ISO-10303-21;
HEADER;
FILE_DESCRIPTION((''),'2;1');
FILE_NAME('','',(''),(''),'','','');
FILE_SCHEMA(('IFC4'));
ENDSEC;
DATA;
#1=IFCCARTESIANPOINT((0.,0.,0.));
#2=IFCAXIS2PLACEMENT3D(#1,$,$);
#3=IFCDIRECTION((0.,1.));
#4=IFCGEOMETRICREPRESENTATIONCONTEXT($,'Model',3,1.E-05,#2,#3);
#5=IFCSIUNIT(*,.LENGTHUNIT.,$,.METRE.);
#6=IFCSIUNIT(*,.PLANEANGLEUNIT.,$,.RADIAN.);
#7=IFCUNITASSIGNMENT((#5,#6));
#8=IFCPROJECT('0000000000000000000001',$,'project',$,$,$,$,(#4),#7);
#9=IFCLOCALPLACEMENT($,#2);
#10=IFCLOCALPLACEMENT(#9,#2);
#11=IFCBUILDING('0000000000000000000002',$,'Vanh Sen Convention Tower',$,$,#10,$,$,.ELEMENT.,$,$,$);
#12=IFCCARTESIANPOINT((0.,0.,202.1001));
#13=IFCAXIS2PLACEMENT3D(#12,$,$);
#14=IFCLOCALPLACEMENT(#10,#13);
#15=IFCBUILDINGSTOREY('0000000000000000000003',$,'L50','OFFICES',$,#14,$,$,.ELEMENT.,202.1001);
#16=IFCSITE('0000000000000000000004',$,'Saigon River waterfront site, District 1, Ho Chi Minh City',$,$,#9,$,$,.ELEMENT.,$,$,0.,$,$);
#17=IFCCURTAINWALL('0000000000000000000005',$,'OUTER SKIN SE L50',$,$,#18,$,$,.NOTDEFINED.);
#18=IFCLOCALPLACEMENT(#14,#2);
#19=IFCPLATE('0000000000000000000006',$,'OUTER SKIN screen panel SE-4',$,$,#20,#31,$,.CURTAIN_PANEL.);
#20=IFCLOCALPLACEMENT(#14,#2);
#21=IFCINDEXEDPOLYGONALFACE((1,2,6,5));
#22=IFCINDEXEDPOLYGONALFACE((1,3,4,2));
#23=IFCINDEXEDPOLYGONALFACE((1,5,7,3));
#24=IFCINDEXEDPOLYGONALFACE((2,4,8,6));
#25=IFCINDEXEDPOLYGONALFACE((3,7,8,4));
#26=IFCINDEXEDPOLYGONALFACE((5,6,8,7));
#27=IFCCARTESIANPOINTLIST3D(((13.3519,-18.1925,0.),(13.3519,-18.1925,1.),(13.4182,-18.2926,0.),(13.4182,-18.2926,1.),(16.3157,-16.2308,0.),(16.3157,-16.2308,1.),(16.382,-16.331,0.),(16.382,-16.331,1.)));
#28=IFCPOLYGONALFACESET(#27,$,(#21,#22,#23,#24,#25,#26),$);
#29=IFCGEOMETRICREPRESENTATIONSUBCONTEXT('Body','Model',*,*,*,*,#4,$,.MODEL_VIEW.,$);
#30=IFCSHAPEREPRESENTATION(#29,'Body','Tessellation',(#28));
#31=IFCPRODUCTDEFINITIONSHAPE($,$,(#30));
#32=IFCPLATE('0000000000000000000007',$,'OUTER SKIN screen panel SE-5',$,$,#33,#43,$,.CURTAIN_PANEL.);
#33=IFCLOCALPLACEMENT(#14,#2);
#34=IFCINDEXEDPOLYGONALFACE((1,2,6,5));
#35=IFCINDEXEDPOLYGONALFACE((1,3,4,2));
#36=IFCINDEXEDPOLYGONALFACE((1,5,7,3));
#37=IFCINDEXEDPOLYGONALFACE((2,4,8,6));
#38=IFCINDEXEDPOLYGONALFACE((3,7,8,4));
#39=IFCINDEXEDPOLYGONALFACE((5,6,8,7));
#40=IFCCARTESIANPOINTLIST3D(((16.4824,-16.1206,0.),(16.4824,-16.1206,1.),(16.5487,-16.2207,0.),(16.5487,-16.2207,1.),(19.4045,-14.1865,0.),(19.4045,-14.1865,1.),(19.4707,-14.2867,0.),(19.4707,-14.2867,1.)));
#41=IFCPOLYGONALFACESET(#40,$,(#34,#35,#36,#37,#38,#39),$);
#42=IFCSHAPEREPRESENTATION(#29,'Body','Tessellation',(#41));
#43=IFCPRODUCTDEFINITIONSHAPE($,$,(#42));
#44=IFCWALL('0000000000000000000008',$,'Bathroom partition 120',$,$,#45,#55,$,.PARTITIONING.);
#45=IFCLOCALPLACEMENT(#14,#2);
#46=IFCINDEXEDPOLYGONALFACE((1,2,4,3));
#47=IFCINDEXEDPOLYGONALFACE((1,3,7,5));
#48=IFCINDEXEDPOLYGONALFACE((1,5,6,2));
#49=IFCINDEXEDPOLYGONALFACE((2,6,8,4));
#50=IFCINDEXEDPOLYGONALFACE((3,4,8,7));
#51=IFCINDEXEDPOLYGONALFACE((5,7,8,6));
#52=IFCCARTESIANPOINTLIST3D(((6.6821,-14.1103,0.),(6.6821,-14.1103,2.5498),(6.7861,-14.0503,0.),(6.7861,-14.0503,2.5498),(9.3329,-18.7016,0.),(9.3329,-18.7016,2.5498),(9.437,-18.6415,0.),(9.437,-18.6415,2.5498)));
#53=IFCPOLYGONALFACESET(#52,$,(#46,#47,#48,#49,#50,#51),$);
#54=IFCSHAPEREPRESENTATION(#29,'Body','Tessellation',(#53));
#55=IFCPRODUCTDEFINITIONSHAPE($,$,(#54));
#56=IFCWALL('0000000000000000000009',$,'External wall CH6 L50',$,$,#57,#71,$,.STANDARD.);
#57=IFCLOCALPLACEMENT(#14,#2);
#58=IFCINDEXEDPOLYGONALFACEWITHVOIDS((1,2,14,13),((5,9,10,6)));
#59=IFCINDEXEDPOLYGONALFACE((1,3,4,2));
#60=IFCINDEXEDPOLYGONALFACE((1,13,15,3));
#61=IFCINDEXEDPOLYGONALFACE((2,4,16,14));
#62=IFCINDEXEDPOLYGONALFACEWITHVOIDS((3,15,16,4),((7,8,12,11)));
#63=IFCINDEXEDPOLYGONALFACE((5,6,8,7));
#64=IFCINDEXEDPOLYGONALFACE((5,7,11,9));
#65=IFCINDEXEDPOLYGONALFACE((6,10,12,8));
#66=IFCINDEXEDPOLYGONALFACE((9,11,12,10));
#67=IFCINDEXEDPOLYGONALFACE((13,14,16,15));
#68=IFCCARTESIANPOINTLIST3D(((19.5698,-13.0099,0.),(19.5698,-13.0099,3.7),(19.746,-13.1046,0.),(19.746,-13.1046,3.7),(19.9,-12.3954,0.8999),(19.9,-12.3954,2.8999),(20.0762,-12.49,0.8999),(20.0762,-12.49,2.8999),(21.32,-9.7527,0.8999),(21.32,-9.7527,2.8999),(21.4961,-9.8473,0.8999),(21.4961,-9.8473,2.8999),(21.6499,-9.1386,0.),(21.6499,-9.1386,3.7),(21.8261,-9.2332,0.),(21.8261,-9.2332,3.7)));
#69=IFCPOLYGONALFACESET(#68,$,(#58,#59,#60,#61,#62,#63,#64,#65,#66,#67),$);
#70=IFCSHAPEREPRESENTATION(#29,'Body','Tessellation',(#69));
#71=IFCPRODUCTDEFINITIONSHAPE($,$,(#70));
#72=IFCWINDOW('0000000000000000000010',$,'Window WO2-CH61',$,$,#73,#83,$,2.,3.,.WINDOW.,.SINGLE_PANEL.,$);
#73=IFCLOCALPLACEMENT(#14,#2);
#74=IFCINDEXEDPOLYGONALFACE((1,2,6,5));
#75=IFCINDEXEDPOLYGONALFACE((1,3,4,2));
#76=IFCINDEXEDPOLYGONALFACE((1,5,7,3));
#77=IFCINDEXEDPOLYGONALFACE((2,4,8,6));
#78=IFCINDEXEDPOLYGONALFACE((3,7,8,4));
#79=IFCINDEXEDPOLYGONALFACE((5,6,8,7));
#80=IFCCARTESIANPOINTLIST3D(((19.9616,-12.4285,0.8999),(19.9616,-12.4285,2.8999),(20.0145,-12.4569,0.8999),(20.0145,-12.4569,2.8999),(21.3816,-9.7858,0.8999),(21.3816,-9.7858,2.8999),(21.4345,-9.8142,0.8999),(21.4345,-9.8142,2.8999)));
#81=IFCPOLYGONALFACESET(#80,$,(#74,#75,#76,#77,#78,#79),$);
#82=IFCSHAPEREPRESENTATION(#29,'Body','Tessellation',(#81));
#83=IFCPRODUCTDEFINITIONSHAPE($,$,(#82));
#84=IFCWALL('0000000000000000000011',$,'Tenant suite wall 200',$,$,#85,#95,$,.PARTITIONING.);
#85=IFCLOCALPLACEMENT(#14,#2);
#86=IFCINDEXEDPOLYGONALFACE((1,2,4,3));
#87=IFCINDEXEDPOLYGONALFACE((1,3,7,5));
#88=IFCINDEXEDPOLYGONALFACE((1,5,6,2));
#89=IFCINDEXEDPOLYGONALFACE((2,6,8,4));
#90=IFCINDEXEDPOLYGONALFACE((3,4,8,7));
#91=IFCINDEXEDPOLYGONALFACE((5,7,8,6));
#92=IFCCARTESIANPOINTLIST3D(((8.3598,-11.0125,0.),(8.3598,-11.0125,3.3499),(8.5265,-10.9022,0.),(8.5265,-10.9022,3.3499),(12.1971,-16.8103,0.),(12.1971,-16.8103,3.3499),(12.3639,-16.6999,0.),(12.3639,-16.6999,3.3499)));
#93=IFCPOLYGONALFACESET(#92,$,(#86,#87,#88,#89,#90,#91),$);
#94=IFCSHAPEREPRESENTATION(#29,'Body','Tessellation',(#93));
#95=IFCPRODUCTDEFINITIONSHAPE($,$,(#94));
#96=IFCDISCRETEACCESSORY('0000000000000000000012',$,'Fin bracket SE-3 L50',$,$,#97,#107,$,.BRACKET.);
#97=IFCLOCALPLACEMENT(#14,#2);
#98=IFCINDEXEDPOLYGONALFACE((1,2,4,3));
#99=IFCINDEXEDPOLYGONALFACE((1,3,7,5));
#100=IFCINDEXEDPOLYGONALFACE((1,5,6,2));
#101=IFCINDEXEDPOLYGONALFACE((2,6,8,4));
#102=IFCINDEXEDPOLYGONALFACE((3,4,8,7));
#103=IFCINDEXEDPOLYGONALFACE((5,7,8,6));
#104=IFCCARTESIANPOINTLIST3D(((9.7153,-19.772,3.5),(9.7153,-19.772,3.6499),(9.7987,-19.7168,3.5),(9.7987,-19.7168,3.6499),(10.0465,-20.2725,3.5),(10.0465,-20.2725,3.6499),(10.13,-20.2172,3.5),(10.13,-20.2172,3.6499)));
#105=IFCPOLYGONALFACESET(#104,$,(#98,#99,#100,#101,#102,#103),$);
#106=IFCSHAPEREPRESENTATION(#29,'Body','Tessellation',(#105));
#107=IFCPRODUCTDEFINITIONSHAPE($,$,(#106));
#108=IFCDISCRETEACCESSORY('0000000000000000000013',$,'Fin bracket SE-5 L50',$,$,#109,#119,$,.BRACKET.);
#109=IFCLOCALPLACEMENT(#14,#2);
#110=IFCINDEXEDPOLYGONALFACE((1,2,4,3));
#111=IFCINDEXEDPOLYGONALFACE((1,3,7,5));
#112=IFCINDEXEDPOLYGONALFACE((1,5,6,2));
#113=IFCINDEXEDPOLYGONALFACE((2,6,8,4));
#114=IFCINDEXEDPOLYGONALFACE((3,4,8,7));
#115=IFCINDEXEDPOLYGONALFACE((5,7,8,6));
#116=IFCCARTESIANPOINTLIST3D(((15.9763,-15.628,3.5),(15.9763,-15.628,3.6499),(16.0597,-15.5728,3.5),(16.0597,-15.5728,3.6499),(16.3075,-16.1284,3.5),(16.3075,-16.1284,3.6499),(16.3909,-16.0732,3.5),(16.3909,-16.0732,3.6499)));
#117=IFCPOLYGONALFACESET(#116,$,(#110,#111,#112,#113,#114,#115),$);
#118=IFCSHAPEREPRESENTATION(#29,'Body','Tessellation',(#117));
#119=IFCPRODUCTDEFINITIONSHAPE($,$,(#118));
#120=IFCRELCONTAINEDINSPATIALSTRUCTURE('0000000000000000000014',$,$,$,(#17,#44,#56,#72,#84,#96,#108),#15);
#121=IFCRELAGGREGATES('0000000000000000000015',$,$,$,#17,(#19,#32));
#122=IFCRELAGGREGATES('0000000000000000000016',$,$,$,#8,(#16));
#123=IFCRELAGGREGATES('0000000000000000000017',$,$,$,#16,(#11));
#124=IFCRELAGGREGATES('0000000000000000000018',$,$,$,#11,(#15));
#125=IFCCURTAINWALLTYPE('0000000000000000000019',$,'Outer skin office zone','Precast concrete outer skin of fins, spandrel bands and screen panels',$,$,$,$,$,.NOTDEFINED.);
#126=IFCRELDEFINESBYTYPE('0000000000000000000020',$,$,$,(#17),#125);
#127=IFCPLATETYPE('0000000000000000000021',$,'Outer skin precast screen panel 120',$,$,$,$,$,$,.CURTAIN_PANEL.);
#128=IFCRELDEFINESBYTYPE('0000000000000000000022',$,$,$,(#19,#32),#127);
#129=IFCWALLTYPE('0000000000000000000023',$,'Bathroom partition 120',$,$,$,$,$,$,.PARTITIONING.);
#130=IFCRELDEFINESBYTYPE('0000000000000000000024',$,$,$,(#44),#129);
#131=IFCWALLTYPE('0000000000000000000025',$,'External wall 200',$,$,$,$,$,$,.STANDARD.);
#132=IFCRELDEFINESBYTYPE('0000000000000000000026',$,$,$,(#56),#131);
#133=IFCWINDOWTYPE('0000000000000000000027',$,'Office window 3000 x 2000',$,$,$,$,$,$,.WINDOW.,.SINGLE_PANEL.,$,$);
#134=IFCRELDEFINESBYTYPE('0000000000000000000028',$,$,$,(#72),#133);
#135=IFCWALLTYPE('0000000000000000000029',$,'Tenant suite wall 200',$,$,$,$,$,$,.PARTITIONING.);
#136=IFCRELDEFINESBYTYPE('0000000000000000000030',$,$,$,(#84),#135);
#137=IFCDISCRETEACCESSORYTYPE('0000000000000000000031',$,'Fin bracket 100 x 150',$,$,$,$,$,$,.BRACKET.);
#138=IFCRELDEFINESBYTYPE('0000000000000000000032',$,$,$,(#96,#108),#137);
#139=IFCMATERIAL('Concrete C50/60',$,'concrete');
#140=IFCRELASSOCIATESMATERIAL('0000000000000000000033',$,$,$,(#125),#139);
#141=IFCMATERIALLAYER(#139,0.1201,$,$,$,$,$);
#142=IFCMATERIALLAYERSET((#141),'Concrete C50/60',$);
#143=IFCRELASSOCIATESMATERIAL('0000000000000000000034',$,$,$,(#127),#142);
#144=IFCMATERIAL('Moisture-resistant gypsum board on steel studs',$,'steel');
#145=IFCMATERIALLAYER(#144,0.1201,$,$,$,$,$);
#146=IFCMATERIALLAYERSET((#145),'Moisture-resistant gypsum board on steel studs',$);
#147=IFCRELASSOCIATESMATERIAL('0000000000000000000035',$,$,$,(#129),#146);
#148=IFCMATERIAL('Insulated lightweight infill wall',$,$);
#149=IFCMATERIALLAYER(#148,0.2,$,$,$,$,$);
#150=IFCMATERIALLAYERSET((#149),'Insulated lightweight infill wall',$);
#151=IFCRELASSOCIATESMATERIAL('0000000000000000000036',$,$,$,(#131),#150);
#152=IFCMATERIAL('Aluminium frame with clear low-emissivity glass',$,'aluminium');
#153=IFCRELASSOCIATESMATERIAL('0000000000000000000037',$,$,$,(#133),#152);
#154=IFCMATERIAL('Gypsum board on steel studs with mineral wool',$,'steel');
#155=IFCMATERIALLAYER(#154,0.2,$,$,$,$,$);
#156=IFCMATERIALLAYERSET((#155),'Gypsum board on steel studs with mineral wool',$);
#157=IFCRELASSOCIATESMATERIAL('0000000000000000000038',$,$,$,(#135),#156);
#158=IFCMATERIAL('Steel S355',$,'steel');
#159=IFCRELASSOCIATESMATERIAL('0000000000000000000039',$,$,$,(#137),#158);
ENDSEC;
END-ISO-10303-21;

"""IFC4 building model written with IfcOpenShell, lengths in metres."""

from ifc_helpers import new_model, si_unit, direction, frame, frame_2d, origin, origin_2d, place, context, subcontext, project, spatial, rectangle, extrude, material, layer, layer_set, type_object, element, fill, aggregate, save


model = new_model("IFC4")

# Units and contexts
model_context = context("Model", 3, precision=1e-05, world=origin(), true_north=direction((0.0, 1.0)))
body_context = subcontext(model_context, "Body", "Model", "MODEL_VIEW")
ifc_project = project(units=[si_unit("LENGTHUNIT", "METRE"), si_unit("PLANEANGLEUNIT", "RADIAN")], contexts=[model_context])

# Site, building, storey
site_placement = place(None, origin())
site = spatial("IfcSite", under=ifc_project, at=site_placement, Name="Saigon River waterfront site, District 1, Ho Chi Minh City", CompositionType="ELEMENT", RefElevation=0.0)
building_placement = place(site_placement, origin())
building = spatial("IfcBuilding", under=site, at=building_placement, Name="Vanh Sen Convention Tower", CompositionType="ELEMENT")
storey_placement = place(building_placement, frame((0.0, 0.0, 202.1001)))
storey = spatial("IfcBuildingStorey", under=building, at=storey_placement, Name="L50", Description="OFFICES", CompositionType="ELEMENT", Elevation=202.1001)

# Curtain wall
ifc_material_1 = material(Name="Concrete C50/60", Category="concrete")
curtain_wall_type = type_object("IfcCurtainWallType", Name="Outer skin office zone", Description="Precast concrete outer skin of fins, spandrel bands and screen panels", PredefinedType="NOTDEFINED", material=ifc_material_1)
curtain_wall_1_placement = place(storey_placement, origin())
curtain_wall_1 = element("IfcCurtainWall", 1, at=curtain_wall_1_placement, inside=storey, type_object=curtain_wall_type, Name="OUTER SKIN SE L50", PredefinedType="NOTDEFINED")

# Plates
ifc_layer_1 = layer(ifc_material_1, 0.1201)
ifc_layer_set_1 = layer_set([ifc_layer_1], Name="Concrete C50/60")
plate_type = type_object("IfcPlateType", Name="Outer skin precast screen panel 120", PredefinedType="CURTAIN_PANEL", material=ifc_layer_set_1)
plate_1_placement = place(storey_placement, frame((14.8669, -17.2617, 0.0), z_axis=(0.0, 0.0, 1.0), x_axis=(0.83389, 0.551931, 0.0)))
plate_1 = element("IfcPlate", 2, at=plate_1_placement, type_object=plate_type, Name="OUTER SKIN screen panel SE-4", PredefinedType="CURTAIN_PANEL", context=body_context, shape_type="SweptSolid", body=[
    extrude(rectangle(XDim=3.5542, YDim=0.1201, at=origin_2d()), origin(), (0.0, 0.0, 1.0), 1.0),
])
plate_2_placement = place(storey_placement, frame((17.9766, -15.2036, 0.0), z_axis=(0.0, 0.0, 1.0), x_axis=(0.83389, 0.551931, 0.0)))
plate_2 = element("IfcPlate", 3, at=plate_2_placement, type_object=plate_type, Name="OUTER SKIN screen panel SE-5", PredefinedType="CURTAIN_PANEL", context=body_context, shape_type="SweptSolid", body=[
    extrude(rectangle(XDim=3.5042, YDim=0.1201, at=origin_2d()), origin(), (0.0, 0.0, 1.0), 1.0),
])
aggregate(curtain_wall_1, [plate_1, plate_2])

# Wall
ifc_material_2 = material(Name="Moisture-resistant gypsum board on steel studs", Category="steel")
ifc_layer_2 = layer(ifc_material_2, 0.1201)
ifc_layer_set_2 = layer_set([ifc_layer_2], Name="Moisture-resistant gypsum board on steel studs")
wall_type_1 = type_object("IfcWallType", Name="Bathroom partition 120", PredefinedType="PARTITIONING", material=ifc_layer_set_2)
wall_1_placement = place(storey_placement, frame((9.385, -18.6716, 0.0), z_axis=(0.0, 0.0, 1.0), x_axis=(-0.500012, 0.866018, 0.0)))
element("IfcWall", 4, at=wall_1_placement, inside=storey, type_object=wall_type_1, Name="Bathroom partition 120", PredefinedType="PARTITIONING", context=body_context, shape_type="SweptSolid", body=[
    extrude(rectangle(XDim=5.3015, YDim=0.1201, at=frame_2d((2.6509, 0.0))), origin(), (0.0, 0.0, 1.0), 2.5498),
])

# Wall, opening, window
ifc_material_3 = material(Name="Insulated lightweight infill wall")
ifc_layer_3 = layer(ifc_material_3, 0.2)
ifc_layer_set_3 = layer_set([ifc_layer_3], Name="Insulated lightweight infill wall")
wall_type_2 = type_object("IfcWallType", Name="External wall 200", PredefinedType="STANDARD", material=ifc_layer_set_3)
wall_2_placement = place(storey_placement, frame((19.658, -13.0571, 0.0), z_axis=(0.0, 0.0, 1.0), x_axis=(0.473308, 0.880897, 0.0)))
wall_2 = element("IfcWall", 5, at=wall_2_placement, inside=storey, type_object=wall_type_2, Name="External wall CH6 L50", PredefinedType="STANDARD", context=body_context, shape_type="SweptSolid", body=[
    extrude(rectangle(XDim=4.3948, YDim=0.2, at=frame_2d((2.1973, 0.0))), origin(), (0.0, 0.0, 1.0), 3.7),
])
opening_placement = place(wall_2_placement, frame((0.6975, 0.0, 0.8999)))
opening = element("IfcOpeningElement", 6, at=opening_placement, cuts=wall_2, PredefinedType="OPENING", context=body_context, shape_type="SweptSolid", body=[
    extrude(rectangle(XDim=3.0, YDim=2.0, at=frame_2d((1.5, 1.0))), frame((0.0, 0.1099, 0.0), z_axis=(0.0, -1.0, 0.0), x_axis=(1.0, 0.0, 0.0)), (0.0, 0.0, 1.0), 0.22),
])
ifc_material_4 = material(Name="Aluminium frame with clear low-emissivity glass", Category="aluminium")
window_type = type_object("IfcWindowType", Name="Office window 3000 x 2000", PartitioningType="SINGLE_PANEL", PredefinedType="WINDOW", material=ifc_material_4)
window_placement = place(opening_placement, origin())
window = element("IfcWindow", 7, at=window_placement, inside=storey, type_object=window_type, Name="Window WO2-CH61", OverallHeight=2.0, OverallWidth=3.0, PartitioningType="SINGLE_PANEL", PredefinedType="WINDOW", context=body_context, shape_type="SweptSolid", body=[
    extrude(rectangle(XDim=3.0, YDim=2.0, at=frame_2d((1.5, 1.0))), frame((0.0, 0.03, 0.0), z_axis=(0.0, -1.0, 0.0), x_axis=(1.0, 0.0, 0.0)), (0.0, 0.0, 1.0), 0.0601),
])
fill(opening, window)

# Wall
ifc_material_5 = material(Name="Gypsum board on steel studs with mineral wool", Category="steel")
ifc_layer_4 = layer(ifc_material_5, 0.2)
ifc_layer_set_4 = layer_set([ifc_layer_4], Name="Gypsum board on steel studs with mineral wool")
wall_type_3 = type_object("IfcWallType", Name="Tenant suite wall 200", PredefinedType="PARTITIONING", material=ifc_layer_set_4)
wall_3_placement = place(storey_placement, frame((12.2805, -16.7551, 0.0), z_axis=(0.0, 0.0, 1.0), x_axis=(-0.551926, 0.833893, 0.0)))
element("IfcWall", 8, at=wall_3_placement, inside=storey, type_object=wall_type_3, Name="Tenant suite wall 200", PredefinedType="PARTITIONING", context=body_context, shape_type="SweptSolid", body=[
    extrude(rectangle(XDim=6.9526, YDim=0.2, at=frame_2d((3.4763, 0.0))), origin(), (0.0, 0.0, 1.0), 3.3499),
])

# Discrete accessories
ifc_material_6 = material(Name="Steel S355", Category="steel")
discrete_accessory_type = type_object("IfcDiscreteAccessoryType", Name="Fin bracket 100 x 150", PredefinedType="BRACKET", material=ifc_material_6)
for number, where, z_axis, x_axis, name in (
    (9, (9.9226, -19.9946, 3.5), (0.0, 0.0, 1.0), (0.551937, -0.833886, 0.0), "Fin bracket SE-3 L50"),
    (10, (16.1836, -15.8506, 3.5), (0.0, 0.0, 1.0), (0.551937, -0.833886, 0.0), "Fin bracket SE-5 L50"),
):
    element("IfcDiscreteAccessory", number, at=place(storey_placement, frame(where, z_axis=z_axis, x_axis=x_axis)), inside=storey, type_object=discrete_accessory_type, Name=name, PredefinedType="BRACKET", context=body_context, shape_type="SweptSolid", body=[
        extrude(rectangle(XDim=0.6001, YDim=0.1001, at=origin_2d()), origin(), (0.0, 0.0, 1.0), 0.1499),
    ])

save(model, "model.ifc")
